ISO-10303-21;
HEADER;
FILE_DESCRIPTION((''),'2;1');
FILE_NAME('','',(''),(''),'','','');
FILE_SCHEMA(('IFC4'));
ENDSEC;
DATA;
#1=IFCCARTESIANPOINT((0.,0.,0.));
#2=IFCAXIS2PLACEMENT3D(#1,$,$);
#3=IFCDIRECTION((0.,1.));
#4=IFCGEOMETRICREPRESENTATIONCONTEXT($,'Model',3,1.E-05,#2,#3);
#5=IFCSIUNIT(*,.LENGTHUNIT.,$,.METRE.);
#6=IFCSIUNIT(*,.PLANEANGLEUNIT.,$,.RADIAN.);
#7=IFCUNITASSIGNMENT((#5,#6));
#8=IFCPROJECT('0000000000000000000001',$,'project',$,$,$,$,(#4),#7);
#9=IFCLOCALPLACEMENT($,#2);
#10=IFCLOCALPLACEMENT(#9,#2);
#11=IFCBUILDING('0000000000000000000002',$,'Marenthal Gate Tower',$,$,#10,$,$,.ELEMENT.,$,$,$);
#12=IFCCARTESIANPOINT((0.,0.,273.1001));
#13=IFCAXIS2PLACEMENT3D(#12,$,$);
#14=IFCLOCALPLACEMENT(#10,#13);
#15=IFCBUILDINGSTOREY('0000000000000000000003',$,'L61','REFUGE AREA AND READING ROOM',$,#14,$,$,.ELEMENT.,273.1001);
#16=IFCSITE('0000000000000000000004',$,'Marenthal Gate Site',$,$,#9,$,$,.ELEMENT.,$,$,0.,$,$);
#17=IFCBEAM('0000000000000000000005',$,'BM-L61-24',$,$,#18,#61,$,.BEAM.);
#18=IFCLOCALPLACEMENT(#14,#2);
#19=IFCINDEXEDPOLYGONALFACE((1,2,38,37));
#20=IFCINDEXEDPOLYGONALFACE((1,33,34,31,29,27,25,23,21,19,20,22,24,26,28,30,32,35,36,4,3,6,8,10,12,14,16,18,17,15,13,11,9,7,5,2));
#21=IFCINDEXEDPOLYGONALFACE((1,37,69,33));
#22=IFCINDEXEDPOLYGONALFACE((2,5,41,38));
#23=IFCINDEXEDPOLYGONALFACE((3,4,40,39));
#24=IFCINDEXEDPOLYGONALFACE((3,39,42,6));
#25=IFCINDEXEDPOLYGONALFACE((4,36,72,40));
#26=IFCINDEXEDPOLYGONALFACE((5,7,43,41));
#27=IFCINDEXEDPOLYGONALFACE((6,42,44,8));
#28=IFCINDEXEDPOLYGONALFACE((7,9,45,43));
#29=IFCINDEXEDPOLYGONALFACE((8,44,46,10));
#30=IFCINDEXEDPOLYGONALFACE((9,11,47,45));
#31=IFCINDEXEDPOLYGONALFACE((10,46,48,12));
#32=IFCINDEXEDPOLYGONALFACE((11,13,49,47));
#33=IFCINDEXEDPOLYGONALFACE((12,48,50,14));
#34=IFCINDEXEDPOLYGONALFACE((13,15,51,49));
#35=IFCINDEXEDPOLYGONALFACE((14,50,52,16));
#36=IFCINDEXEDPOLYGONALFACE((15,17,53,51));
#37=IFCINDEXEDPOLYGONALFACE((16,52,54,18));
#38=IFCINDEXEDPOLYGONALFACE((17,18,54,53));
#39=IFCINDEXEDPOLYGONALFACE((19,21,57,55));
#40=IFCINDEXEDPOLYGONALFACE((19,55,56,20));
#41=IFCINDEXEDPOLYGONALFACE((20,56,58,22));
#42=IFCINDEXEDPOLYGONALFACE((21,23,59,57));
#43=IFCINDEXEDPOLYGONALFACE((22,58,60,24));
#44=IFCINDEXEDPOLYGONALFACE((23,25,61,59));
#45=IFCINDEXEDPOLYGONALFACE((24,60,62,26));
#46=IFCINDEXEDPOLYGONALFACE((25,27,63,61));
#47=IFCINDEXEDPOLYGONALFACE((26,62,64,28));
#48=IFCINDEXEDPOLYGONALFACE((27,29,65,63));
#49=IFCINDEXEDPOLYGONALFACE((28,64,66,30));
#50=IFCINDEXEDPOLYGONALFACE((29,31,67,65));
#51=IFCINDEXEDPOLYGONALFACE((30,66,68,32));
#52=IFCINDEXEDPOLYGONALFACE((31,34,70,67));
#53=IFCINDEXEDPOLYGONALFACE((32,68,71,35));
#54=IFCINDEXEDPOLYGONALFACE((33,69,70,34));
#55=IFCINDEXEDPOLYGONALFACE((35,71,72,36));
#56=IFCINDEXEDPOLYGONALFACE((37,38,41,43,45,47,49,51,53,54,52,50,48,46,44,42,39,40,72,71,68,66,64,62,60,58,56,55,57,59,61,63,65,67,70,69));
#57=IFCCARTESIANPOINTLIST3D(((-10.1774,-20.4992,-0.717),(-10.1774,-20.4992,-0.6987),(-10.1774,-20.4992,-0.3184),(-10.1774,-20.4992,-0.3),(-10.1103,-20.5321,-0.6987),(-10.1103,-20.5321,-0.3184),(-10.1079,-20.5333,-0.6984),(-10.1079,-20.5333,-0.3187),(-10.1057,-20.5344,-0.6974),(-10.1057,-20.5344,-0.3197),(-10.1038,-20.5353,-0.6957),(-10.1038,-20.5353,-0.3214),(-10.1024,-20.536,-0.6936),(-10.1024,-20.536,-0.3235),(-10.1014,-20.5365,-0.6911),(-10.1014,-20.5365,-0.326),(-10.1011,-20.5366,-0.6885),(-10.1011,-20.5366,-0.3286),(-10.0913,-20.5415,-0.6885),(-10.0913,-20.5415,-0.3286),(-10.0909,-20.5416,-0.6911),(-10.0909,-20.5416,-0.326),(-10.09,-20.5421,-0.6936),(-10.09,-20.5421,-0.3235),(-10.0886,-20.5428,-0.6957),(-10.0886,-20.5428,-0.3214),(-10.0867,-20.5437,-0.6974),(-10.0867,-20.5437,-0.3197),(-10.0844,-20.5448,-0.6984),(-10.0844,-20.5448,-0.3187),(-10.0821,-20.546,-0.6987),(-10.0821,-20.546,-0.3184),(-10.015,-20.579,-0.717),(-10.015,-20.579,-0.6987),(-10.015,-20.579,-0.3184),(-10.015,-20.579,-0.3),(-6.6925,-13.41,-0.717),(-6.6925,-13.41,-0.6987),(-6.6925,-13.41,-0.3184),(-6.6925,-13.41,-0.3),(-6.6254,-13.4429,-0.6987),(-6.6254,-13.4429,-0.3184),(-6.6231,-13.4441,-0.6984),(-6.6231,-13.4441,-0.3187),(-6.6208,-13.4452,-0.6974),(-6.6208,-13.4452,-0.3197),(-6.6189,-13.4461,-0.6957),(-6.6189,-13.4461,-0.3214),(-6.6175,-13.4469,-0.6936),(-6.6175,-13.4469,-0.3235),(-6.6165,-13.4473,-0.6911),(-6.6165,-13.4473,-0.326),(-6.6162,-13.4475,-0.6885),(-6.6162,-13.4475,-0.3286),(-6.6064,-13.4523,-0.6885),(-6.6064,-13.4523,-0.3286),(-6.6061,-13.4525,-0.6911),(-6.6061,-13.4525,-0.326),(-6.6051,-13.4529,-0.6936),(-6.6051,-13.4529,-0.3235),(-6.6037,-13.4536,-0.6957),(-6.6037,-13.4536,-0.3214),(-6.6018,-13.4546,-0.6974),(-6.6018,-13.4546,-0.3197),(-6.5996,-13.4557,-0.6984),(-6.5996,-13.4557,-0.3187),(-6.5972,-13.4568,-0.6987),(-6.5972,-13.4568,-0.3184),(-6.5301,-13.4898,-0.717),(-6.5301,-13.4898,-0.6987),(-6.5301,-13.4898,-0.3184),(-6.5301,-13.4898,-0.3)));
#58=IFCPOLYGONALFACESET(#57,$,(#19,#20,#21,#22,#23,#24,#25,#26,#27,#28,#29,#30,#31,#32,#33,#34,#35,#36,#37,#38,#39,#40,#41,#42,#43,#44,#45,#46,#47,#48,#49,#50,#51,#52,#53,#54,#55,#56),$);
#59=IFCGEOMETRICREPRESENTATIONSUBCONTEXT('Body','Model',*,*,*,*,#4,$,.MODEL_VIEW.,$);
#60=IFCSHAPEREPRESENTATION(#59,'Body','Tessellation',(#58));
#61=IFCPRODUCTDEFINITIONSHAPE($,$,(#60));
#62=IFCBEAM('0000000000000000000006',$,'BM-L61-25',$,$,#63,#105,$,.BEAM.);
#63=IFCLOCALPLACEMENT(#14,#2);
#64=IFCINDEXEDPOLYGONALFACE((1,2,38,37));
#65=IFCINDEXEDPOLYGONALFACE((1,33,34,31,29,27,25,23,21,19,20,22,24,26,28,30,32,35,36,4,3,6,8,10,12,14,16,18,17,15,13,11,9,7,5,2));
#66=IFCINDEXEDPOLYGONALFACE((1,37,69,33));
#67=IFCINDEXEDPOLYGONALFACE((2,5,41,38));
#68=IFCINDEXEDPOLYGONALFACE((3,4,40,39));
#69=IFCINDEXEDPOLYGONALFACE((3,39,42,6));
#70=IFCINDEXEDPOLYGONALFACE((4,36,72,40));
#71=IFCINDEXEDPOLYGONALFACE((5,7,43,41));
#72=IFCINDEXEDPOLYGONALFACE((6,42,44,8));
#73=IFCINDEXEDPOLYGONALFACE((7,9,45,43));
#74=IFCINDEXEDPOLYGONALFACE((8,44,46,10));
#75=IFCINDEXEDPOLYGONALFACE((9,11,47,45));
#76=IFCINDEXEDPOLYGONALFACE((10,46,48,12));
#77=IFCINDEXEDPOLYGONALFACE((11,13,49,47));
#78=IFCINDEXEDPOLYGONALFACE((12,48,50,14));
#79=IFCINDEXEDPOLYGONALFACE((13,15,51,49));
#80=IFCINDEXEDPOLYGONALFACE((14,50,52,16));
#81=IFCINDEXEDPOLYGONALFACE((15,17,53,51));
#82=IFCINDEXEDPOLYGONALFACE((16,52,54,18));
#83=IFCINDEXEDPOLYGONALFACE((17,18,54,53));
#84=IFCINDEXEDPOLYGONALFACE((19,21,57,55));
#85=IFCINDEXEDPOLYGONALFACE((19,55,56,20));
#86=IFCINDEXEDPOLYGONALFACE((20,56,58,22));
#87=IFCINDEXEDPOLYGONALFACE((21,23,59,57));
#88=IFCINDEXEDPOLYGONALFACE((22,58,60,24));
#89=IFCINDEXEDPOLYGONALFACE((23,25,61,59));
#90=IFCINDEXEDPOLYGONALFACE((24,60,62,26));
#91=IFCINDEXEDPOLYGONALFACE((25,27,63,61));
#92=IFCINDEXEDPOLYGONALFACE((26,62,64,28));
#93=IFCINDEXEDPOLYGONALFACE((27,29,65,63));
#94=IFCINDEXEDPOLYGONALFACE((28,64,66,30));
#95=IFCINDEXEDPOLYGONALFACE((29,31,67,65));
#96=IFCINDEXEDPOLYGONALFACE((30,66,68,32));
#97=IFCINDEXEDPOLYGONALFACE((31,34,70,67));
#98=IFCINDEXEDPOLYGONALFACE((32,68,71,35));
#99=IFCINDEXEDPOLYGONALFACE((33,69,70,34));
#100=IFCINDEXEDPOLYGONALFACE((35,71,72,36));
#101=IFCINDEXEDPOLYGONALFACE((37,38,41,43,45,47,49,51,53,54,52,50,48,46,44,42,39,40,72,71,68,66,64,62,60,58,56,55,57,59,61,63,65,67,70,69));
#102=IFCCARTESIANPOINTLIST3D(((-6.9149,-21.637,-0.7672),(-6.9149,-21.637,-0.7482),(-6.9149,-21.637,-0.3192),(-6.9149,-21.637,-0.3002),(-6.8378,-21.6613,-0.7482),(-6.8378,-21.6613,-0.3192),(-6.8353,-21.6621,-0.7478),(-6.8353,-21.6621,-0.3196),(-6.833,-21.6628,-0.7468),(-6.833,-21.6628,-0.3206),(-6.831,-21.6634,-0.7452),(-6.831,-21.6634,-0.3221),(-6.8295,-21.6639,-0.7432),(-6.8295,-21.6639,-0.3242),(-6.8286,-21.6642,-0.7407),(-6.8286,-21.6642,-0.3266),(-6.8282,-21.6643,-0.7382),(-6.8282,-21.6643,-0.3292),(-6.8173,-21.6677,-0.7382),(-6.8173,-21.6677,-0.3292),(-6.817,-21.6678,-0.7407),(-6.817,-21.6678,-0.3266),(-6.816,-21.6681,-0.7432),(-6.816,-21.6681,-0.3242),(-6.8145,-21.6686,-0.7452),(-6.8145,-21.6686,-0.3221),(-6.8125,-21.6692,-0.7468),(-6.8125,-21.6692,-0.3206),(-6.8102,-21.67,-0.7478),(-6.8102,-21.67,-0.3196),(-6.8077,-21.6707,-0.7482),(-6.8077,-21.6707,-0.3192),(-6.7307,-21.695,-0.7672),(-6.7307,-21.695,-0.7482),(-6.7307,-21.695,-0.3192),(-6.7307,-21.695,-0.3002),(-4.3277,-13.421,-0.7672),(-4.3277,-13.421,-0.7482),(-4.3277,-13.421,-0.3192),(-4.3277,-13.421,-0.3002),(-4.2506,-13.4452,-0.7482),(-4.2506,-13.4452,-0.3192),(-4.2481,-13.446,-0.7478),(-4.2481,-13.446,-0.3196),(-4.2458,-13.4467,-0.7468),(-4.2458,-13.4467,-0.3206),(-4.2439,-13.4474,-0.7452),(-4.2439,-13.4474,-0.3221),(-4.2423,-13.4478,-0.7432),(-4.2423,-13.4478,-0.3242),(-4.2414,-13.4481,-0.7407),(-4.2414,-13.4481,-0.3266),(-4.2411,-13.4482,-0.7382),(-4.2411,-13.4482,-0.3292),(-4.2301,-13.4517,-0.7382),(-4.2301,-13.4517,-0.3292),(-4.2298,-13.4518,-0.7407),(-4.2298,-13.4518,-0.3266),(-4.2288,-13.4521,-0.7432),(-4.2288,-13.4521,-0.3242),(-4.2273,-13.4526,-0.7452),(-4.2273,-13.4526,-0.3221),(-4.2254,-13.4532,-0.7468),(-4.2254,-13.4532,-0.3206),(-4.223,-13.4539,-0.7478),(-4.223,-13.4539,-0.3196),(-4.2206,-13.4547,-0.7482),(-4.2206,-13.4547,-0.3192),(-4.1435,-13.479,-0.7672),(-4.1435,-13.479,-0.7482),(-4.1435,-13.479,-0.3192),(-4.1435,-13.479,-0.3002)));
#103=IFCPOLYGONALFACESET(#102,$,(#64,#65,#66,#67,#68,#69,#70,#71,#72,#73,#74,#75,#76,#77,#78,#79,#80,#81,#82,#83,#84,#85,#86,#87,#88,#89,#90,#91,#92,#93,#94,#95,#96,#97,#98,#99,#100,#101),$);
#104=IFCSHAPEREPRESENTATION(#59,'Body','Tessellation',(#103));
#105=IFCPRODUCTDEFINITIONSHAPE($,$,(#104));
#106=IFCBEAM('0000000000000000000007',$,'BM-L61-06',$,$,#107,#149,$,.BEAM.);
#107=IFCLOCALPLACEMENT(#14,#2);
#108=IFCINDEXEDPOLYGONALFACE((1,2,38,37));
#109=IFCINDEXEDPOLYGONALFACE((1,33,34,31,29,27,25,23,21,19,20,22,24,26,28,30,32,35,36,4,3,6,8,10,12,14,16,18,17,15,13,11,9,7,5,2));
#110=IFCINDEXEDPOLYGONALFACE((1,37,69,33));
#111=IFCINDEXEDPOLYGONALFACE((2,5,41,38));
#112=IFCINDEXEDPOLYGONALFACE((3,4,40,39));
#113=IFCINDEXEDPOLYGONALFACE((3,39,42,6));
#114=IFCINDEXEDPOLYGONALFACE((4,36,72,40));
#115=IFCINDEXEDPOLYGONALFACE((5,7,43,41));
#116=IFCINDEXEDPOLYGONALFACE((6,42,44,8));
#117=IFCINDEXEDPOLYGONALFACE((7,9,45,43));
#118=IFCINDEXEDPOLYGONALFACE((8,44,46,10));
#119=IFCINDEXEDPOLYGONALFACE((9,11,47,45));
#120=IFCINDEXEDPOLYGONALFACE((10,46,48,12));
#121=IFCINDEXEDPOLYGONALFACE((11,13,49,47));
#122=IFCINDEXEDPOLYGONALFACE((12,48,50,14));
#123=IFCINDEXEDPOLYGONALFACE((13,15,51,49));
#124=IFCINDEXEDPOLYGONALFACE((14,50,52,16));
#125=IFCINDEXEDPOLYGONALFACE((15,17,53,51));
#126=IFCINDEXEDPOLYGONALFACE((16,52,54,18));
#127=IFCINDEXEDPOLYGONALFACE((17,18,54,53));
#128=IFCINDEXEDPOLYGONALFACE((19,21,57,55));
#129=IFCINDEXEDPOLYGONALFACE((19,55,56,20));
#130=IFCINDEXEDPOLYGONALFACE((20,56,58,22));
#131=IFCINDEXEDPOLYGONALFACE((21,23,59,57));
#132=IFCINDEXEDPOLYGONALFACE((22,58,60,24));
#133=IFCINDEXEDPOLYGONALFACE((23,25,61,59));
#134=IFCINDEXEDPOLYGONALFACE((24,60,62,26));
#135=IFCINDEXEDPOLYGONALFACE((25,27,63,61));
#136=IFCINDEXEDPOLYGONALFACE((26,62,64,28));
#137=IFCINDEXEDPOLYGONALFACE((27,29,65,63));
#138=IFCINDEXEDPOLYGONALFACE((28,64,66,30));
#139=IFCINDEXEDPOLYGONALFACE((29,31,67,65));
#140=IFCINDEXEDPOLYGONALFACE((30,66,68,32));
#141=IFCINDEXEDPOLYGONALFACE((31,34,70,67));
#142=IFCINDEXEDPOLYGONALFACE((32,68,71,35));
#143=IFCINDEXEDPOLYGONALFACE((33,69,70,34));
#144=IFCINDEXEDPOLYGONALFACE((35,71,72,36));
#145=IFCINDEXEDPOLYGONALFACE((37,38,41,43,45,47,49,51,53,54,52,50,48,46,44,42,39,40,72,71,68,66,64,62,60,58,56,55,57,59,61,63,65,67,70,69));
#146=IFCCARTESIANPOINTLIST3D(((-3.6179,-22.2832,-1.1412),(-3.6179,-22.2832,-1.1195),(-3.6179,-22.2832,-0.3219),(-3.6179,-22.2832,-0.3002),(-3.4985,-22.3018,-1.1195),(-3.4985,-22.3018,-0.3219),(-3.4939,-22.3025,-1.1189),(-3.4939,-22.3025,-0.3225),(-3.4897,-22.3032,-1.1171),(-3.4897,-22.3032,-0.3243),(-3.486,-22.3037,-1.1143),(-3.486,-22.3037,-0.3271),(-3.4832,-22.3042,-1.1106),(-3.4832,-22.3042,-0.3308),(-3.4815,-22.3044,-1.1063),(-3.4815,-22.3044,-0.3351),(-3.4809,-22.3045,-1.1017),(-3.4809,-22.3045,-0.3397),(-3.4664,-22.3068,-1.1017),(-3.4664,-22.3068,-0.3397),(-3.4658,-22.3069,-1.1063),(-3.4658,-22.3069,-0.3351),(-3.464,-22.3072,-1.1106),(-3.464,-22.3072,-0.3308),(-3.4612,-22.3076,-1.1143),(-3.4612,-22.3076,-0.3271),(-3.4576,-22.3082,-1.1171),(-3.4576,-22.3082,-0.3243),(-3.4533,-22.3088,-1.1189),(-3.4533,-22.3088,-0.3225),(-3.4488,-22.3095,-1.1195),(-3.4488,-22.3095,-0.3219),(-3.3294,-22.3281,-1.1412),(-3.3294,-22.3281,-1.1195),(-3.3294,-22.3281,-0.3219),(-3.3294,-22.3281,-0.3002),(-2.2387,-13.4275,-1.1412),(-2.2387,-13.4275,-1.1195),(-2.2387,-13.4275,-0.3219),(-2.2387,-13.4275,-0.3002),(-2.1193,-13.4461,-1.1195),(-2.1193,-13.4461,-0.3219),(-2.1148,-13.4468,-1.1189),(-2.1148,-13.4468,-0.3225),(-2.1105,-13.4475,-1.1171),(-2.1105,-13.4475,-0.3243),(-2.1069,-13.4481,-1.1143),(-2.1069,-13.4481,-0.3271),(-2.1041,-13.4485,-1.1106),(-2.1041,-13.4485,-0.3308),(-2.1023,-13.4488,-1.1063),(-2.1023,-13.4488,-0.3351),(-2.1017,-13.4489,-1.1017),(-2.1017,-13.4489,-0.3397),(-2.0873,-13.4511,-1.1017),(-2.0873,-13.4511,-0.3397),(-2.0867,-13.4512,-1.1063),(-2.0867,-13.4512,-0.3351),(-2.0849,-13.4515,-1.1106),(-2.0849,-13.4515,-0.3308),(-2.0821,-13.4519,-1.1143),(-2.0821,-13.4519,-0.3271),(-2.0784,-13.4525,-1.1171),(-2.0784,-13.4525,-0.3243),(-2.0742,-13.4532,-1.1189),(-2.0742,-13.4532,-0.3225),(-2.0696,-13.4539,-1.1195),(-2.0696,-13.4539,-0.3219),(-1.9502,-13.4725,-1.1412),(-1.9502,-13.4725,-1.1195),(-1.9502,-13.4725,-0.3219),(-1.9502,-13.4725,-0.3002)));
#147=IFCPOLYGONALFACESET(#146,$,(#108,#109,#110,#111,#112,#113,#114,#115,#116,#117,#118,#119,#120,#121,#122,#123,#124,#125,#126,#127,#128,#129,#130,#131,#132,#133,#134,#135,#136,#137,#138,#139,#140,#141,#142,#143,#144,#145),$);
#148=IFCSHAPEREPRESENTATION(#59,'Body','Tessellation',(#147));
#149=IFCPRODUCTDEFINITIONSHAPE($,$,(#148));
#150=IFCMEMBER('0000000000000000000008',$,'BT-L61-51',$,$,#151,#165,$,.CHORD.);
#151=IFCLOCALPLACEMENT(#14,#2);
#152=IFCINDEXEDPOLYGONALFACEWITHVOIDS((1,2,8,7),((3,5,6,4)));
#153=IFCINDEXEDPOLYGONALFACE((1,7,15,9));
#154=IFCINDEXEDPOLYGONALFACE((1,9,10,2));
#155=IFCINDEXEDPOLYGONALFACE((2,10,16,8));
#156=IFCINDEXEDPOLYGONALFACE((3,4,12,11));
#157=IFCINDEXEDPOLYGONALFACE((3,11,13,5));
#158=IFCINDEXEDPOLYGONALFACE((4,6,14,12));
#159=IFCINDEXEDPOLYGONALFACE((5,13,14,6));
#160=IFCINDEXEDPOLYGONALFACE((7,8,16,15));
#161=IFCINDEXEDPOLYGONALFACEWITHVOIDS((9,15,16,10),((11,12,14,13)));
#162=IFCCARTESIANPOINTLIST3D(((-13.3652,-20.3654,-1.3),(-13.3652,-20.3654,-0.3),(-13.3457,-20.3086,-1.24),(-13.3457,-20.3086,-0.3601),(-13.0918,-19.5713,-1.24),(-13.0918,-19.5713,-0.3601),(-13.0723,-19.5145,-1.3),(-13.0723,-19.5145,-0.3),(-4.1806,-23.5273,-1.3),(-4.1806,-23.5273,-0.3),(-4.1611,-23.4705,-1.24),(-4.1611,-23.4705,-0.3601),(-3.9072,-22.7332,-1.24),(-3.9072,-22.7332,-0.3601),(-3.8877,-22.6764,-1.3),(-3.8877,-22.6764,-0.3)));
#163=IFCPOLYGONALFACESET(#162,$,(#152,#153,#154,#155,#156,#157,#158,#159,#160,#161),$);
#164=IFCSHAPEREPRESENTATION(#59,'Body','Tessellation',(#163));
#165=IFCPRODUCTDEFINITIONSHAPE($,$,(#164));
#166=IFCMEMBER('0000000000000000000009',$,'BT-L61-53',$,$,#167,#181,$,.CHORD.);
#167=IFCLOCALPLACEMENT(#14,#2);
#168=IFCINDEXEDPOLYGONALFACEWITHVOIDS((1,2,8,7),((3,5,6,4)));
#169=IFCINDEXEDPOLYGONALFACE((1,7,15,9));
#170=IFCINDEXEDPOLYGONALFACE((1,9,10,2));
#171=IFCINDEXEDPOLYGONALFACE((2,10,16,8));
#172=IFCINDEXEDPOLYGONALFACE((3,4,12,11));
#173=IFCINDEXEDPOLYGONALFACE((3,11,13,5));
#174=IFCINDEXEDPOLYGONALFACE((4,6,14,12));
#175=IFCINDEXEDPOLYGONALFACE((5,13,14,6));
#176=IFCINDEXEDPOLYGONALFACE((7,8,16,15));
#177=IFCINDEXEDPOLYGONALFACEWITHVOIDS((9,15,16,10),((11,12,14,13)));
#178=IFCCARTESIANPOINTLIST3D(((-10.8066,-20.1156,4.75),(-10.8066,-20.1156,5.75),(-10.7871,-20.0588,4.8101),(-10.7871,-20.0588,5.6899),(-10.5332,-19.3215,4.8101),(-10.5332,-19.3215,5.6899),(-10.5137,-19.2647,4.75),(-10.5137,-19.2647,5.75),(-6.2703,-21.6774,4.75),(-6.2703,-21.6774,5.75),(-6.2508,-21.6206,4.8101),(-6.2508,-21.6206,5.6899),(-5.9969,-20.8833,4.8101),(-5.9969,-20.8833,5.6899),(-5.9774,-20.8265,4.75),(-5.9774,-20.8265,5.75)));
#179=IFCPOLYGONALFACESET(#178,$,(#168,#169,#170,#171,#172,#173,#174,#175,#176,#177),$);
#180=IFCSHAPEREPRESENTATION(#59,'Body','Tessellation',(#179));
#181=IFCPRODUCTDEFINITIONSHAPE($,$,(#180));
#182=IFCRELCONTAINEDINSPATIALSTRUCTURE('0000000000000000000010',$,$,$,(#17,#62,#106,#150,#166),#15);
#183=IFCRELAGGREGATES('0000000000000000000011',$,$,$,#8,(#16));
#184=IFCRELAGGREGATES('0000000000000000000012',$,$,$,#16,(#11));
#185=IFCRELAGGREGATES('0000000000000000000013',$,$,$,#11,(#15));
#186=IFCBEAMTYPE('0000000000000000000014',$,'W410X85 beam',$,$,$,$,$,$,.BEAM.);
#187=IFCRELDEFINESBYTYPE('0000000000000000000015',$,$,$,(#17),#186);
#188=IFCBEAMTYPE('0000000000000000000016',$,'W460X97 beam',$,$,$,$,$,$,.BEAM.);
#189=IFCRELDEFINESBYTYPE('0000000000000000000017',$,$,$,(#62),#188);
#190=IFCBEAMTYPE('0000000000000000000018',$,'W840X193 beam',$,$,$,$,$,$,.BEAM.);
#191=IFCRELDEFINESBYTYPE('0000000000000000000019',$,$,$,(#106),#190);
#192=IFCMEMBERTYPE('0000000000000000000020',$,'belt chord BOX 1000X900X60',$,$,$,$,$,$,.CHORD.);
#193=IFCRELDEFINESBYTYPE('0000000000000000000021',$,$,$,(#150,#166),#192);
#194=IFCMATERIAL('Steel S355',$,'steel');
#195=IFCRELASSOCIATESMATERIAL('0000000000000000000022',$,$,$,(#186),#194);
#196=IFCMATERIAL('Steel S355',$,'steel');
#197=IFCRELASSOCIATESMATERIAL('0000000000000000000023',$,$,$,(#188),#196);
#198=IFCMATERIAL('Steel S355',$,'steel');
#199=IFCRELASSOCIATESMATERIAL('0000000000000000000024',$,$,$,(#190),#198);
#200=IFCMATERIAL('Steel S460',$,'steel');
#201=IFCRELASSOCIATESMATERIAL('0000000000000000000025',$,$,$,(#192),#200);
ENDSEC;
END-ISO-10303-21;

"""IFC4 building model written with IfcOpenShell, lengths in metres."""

from ifc_helpers import new_model, si_unit, direction, frame, origin, origin_2d, place, context, subcontext, project, spatial, hollow_rectangle, i_section, extrude, material, material_profile, profile_set, type_object, element, save


model = new_model("IFC4")

# Units and contexts
model_context = context("Model", 3, precision=1e-05, world=origin(), true_north=direction((0.0, 1.0)))
body_context = subcontext(model_context, "Body", "Model", "MODEL_VIEW")
ifc_project = project(units=[si_unit("LENGTHUNIT", "METRE"), si_unit("PLANEANGLEUNIT", "RADIAN")], contexts=[model_context])

# Site, building, storey
site_placement = place(None, origin())
site = spatial("IfcSite", under=ifc_project, at=site_placement, Name="Marenthal Gate Site", CompositionType="ELEMENT", RefElevation=0.0)
building_placement = place(site_placement, origin())
building = spatial("IfcBuilding", under=site, at=building_placement, Name="Marenthal Gate Tower", CompositionType="ELEMENT")
storey_placement = place(building_placement, frame((0.0, 0.0, 273.1001)))
storey = spatial("IfcBuildingStorey", under=building, at=storey_placement, Name="L61", Description="REFUGE AREA AND READING ROOM", CompositionType="ELEMENT", Elevation=273.1001)

# Beams
ifc_material_1 = material(Name="Steel S355", Category="steel")
ifc_material_profile_1 = material_profile(ifc_material_1, i_section(OverallWidth=0.1809, OverallDepth=0.417, WebThickness=0.011, FlangeThickness=0.0183, FilletRadius=0.0103, at=origin_2d()), Name="W410X85")
ifc_profile_set_1 = profile_set([ifc_material_profile_1], Name="Steel S355")
beam_type_1 = type_object("IfcBeamType", Name="W410X85 beam", PredefinedType="BEAM", material=ifc_profile_set_1)
beam_1_placement = place(storey_placement, frame((-10.0962, -20.5391, -0.5085), z_axis=(0.441158, 0.897429, 0.0), x_axis=(-0.897429, 0.441158, 0.0)))
element("IfcBeam", 1, at=beam_1_placement, inside=storey, type_object=beam_type_1, Name="BM-L61-24", PredefinedType="BEAM", context=body_context, shape_type="SweptSolid", body=[
    extrude(i_section(OverallWidth=0.1809, OverallDepth=0.417, WebThickness=0.011, FlangeThickness=0.0183, FilletRadius=0.0103, at=origin_2d()), origin(), (0.0, 0.0, 1.0), 7.8994),
])
ifc_material_2 = material(Name="Steel S355", Category="steel")
ifc_material_profile_2 = material_profile(ifc_material_2, i_section(OverallWidth=0.1931, OverallDepth=0.467, WebThickness=0.0115, FlangeThickness=0.019, FilletRadius=0.01, at=origin_2d()), Name="W460X97")
ifc_profile_set_2 = profile_set([ifc_material_profile_2], Name="Steel S355")
beam_type_2 = type_object("IfcBeamType", Name="W460X97 beam", PredefinedType="BEAM", material=ifc_profile_set_2)
beam_2_placement = place(storey_placement, frame((-6.8228, -21.666, -0.5337), z_axis=(0.300351, 0.953829, 0.0), x_axis=(-0.953829, 0.300351, 0.0)))
element("IfcBeam", 2, at=beam_2_placement, inside=storey, type_object=beam_type_2, Name="BM-L61-25", PredefinedType="BEAM", context=body_context, shape_type="SweptSolid", body=[
    extrude(i_section(OverallWidth=0.1931, OverallDepth=0.467, WebThickness=0.0115, FlangeThickness=0.019, FilletRadius=0.01, at=origin_2d()), origin(), (0.0, 0.0, 1.0), 8.6138),
])
ifc_material_3 = material(Name="Steel S355", Category="steel")
ifc_material_profile_3 = material_profile(ifc_material_3, i_section(OverallWidth=0.292, OverallDepth=0.8411, WebThickness=0.0146, FlangeThickness=0.0217, FilletRadius=0.0178, at=origin_2d()), Name="W840X193")
ifc_profile_set_3 = profile_set([ifc_material_profile_3], Name="Steel S355")
beam_type_3 = type_object("IfcBeamType", Name="W840X193 beam", PredefinedType="BEAM", material=ifc_profile_set_3)
beam_3_placement = place(storey_placement, frame((-3.4736, -22.3057, -0.7207), z_axis=(0.153881, 0.988089, 0.0), x_axis=(-0.988089, 0.153881, 0.0)))
element("IfcBeam", 3, at=beam_3_placement, inside=storey, type_object=beam_type_3, Name="BM-L61-06", PredefinedType="BEAM", context=body_context, shape_type="SweptSolid", body=[
    extrude(i_section(OverallWidth=0.292, OverallDepth=0.8411, WebThickness=0.0146, FlangeThickness=0.0217, FilletRadius=0.0178, at=origin_2d()), origin(), (0.0, 0.0, 1.0), 8.9624),
])

# Members
ifc_material_4 = material(Name="Steel S460", Category="steel")
ifc_material_profile_4 = material_profile(ifc_material_4, hollow_rectangle(XDim=0.8999, YDim=1.0, WallThickness=0.0601, at=origin_2d()), Name="BOX 1000X900X60")
ifc_profile_set_4 = profile_set([ifc_material_profile_4], Name="Steel S460")
member_type_1 = type_object("IfcMemberType", Name="belt chord BOX 1000X900X60", PredefinedType="CHORD", material=ifc_profile_set_4)
member_1_placement = place(storey_placement, frame((-13.2188, -19.9399, -0.8), z_axis=(0.945539, -0.32551, 0.0), x_axis=(0.32551, 0.945539, 0.0)))
element("IfcMember", 4, at=member_1_placement, inside=storey, type_object=member_type_1, Name="BT-L61-51", PredefinedType="CHORD", context=body_context, shape_type="SweptSolid", body=[
    extrude(hollow_rectangle(XDim=0.8999, YDim=1.0, WallThickness=0.0601, at=origin_2d()), origin(), (0.0, 0.0, 1.0), 9.7136),
])
member_2_placement = place(storey_placement, frame((-10.6602, -19.6902, 5.25), z_axis=(0.945533, -0.325525, 0.0), x_axis=(0.325525, 0.945533, 0.0)))
element("IfcMember", 5, at=member_2_placement, inside=storey, type_object=member_type_1, Name="BT-L61-53", PredefinedType="CHORD", context=body_context, shape_type="SweptSolid", body=[
    extrude(hollow_rectangle(XDim=0.8999, YDim=1.0, WallThickness=0.0601, at=origin_2d()), origin(), (0.0, 0.0, 1.0), 4.7976),
])

save(model, "model.ifc")
